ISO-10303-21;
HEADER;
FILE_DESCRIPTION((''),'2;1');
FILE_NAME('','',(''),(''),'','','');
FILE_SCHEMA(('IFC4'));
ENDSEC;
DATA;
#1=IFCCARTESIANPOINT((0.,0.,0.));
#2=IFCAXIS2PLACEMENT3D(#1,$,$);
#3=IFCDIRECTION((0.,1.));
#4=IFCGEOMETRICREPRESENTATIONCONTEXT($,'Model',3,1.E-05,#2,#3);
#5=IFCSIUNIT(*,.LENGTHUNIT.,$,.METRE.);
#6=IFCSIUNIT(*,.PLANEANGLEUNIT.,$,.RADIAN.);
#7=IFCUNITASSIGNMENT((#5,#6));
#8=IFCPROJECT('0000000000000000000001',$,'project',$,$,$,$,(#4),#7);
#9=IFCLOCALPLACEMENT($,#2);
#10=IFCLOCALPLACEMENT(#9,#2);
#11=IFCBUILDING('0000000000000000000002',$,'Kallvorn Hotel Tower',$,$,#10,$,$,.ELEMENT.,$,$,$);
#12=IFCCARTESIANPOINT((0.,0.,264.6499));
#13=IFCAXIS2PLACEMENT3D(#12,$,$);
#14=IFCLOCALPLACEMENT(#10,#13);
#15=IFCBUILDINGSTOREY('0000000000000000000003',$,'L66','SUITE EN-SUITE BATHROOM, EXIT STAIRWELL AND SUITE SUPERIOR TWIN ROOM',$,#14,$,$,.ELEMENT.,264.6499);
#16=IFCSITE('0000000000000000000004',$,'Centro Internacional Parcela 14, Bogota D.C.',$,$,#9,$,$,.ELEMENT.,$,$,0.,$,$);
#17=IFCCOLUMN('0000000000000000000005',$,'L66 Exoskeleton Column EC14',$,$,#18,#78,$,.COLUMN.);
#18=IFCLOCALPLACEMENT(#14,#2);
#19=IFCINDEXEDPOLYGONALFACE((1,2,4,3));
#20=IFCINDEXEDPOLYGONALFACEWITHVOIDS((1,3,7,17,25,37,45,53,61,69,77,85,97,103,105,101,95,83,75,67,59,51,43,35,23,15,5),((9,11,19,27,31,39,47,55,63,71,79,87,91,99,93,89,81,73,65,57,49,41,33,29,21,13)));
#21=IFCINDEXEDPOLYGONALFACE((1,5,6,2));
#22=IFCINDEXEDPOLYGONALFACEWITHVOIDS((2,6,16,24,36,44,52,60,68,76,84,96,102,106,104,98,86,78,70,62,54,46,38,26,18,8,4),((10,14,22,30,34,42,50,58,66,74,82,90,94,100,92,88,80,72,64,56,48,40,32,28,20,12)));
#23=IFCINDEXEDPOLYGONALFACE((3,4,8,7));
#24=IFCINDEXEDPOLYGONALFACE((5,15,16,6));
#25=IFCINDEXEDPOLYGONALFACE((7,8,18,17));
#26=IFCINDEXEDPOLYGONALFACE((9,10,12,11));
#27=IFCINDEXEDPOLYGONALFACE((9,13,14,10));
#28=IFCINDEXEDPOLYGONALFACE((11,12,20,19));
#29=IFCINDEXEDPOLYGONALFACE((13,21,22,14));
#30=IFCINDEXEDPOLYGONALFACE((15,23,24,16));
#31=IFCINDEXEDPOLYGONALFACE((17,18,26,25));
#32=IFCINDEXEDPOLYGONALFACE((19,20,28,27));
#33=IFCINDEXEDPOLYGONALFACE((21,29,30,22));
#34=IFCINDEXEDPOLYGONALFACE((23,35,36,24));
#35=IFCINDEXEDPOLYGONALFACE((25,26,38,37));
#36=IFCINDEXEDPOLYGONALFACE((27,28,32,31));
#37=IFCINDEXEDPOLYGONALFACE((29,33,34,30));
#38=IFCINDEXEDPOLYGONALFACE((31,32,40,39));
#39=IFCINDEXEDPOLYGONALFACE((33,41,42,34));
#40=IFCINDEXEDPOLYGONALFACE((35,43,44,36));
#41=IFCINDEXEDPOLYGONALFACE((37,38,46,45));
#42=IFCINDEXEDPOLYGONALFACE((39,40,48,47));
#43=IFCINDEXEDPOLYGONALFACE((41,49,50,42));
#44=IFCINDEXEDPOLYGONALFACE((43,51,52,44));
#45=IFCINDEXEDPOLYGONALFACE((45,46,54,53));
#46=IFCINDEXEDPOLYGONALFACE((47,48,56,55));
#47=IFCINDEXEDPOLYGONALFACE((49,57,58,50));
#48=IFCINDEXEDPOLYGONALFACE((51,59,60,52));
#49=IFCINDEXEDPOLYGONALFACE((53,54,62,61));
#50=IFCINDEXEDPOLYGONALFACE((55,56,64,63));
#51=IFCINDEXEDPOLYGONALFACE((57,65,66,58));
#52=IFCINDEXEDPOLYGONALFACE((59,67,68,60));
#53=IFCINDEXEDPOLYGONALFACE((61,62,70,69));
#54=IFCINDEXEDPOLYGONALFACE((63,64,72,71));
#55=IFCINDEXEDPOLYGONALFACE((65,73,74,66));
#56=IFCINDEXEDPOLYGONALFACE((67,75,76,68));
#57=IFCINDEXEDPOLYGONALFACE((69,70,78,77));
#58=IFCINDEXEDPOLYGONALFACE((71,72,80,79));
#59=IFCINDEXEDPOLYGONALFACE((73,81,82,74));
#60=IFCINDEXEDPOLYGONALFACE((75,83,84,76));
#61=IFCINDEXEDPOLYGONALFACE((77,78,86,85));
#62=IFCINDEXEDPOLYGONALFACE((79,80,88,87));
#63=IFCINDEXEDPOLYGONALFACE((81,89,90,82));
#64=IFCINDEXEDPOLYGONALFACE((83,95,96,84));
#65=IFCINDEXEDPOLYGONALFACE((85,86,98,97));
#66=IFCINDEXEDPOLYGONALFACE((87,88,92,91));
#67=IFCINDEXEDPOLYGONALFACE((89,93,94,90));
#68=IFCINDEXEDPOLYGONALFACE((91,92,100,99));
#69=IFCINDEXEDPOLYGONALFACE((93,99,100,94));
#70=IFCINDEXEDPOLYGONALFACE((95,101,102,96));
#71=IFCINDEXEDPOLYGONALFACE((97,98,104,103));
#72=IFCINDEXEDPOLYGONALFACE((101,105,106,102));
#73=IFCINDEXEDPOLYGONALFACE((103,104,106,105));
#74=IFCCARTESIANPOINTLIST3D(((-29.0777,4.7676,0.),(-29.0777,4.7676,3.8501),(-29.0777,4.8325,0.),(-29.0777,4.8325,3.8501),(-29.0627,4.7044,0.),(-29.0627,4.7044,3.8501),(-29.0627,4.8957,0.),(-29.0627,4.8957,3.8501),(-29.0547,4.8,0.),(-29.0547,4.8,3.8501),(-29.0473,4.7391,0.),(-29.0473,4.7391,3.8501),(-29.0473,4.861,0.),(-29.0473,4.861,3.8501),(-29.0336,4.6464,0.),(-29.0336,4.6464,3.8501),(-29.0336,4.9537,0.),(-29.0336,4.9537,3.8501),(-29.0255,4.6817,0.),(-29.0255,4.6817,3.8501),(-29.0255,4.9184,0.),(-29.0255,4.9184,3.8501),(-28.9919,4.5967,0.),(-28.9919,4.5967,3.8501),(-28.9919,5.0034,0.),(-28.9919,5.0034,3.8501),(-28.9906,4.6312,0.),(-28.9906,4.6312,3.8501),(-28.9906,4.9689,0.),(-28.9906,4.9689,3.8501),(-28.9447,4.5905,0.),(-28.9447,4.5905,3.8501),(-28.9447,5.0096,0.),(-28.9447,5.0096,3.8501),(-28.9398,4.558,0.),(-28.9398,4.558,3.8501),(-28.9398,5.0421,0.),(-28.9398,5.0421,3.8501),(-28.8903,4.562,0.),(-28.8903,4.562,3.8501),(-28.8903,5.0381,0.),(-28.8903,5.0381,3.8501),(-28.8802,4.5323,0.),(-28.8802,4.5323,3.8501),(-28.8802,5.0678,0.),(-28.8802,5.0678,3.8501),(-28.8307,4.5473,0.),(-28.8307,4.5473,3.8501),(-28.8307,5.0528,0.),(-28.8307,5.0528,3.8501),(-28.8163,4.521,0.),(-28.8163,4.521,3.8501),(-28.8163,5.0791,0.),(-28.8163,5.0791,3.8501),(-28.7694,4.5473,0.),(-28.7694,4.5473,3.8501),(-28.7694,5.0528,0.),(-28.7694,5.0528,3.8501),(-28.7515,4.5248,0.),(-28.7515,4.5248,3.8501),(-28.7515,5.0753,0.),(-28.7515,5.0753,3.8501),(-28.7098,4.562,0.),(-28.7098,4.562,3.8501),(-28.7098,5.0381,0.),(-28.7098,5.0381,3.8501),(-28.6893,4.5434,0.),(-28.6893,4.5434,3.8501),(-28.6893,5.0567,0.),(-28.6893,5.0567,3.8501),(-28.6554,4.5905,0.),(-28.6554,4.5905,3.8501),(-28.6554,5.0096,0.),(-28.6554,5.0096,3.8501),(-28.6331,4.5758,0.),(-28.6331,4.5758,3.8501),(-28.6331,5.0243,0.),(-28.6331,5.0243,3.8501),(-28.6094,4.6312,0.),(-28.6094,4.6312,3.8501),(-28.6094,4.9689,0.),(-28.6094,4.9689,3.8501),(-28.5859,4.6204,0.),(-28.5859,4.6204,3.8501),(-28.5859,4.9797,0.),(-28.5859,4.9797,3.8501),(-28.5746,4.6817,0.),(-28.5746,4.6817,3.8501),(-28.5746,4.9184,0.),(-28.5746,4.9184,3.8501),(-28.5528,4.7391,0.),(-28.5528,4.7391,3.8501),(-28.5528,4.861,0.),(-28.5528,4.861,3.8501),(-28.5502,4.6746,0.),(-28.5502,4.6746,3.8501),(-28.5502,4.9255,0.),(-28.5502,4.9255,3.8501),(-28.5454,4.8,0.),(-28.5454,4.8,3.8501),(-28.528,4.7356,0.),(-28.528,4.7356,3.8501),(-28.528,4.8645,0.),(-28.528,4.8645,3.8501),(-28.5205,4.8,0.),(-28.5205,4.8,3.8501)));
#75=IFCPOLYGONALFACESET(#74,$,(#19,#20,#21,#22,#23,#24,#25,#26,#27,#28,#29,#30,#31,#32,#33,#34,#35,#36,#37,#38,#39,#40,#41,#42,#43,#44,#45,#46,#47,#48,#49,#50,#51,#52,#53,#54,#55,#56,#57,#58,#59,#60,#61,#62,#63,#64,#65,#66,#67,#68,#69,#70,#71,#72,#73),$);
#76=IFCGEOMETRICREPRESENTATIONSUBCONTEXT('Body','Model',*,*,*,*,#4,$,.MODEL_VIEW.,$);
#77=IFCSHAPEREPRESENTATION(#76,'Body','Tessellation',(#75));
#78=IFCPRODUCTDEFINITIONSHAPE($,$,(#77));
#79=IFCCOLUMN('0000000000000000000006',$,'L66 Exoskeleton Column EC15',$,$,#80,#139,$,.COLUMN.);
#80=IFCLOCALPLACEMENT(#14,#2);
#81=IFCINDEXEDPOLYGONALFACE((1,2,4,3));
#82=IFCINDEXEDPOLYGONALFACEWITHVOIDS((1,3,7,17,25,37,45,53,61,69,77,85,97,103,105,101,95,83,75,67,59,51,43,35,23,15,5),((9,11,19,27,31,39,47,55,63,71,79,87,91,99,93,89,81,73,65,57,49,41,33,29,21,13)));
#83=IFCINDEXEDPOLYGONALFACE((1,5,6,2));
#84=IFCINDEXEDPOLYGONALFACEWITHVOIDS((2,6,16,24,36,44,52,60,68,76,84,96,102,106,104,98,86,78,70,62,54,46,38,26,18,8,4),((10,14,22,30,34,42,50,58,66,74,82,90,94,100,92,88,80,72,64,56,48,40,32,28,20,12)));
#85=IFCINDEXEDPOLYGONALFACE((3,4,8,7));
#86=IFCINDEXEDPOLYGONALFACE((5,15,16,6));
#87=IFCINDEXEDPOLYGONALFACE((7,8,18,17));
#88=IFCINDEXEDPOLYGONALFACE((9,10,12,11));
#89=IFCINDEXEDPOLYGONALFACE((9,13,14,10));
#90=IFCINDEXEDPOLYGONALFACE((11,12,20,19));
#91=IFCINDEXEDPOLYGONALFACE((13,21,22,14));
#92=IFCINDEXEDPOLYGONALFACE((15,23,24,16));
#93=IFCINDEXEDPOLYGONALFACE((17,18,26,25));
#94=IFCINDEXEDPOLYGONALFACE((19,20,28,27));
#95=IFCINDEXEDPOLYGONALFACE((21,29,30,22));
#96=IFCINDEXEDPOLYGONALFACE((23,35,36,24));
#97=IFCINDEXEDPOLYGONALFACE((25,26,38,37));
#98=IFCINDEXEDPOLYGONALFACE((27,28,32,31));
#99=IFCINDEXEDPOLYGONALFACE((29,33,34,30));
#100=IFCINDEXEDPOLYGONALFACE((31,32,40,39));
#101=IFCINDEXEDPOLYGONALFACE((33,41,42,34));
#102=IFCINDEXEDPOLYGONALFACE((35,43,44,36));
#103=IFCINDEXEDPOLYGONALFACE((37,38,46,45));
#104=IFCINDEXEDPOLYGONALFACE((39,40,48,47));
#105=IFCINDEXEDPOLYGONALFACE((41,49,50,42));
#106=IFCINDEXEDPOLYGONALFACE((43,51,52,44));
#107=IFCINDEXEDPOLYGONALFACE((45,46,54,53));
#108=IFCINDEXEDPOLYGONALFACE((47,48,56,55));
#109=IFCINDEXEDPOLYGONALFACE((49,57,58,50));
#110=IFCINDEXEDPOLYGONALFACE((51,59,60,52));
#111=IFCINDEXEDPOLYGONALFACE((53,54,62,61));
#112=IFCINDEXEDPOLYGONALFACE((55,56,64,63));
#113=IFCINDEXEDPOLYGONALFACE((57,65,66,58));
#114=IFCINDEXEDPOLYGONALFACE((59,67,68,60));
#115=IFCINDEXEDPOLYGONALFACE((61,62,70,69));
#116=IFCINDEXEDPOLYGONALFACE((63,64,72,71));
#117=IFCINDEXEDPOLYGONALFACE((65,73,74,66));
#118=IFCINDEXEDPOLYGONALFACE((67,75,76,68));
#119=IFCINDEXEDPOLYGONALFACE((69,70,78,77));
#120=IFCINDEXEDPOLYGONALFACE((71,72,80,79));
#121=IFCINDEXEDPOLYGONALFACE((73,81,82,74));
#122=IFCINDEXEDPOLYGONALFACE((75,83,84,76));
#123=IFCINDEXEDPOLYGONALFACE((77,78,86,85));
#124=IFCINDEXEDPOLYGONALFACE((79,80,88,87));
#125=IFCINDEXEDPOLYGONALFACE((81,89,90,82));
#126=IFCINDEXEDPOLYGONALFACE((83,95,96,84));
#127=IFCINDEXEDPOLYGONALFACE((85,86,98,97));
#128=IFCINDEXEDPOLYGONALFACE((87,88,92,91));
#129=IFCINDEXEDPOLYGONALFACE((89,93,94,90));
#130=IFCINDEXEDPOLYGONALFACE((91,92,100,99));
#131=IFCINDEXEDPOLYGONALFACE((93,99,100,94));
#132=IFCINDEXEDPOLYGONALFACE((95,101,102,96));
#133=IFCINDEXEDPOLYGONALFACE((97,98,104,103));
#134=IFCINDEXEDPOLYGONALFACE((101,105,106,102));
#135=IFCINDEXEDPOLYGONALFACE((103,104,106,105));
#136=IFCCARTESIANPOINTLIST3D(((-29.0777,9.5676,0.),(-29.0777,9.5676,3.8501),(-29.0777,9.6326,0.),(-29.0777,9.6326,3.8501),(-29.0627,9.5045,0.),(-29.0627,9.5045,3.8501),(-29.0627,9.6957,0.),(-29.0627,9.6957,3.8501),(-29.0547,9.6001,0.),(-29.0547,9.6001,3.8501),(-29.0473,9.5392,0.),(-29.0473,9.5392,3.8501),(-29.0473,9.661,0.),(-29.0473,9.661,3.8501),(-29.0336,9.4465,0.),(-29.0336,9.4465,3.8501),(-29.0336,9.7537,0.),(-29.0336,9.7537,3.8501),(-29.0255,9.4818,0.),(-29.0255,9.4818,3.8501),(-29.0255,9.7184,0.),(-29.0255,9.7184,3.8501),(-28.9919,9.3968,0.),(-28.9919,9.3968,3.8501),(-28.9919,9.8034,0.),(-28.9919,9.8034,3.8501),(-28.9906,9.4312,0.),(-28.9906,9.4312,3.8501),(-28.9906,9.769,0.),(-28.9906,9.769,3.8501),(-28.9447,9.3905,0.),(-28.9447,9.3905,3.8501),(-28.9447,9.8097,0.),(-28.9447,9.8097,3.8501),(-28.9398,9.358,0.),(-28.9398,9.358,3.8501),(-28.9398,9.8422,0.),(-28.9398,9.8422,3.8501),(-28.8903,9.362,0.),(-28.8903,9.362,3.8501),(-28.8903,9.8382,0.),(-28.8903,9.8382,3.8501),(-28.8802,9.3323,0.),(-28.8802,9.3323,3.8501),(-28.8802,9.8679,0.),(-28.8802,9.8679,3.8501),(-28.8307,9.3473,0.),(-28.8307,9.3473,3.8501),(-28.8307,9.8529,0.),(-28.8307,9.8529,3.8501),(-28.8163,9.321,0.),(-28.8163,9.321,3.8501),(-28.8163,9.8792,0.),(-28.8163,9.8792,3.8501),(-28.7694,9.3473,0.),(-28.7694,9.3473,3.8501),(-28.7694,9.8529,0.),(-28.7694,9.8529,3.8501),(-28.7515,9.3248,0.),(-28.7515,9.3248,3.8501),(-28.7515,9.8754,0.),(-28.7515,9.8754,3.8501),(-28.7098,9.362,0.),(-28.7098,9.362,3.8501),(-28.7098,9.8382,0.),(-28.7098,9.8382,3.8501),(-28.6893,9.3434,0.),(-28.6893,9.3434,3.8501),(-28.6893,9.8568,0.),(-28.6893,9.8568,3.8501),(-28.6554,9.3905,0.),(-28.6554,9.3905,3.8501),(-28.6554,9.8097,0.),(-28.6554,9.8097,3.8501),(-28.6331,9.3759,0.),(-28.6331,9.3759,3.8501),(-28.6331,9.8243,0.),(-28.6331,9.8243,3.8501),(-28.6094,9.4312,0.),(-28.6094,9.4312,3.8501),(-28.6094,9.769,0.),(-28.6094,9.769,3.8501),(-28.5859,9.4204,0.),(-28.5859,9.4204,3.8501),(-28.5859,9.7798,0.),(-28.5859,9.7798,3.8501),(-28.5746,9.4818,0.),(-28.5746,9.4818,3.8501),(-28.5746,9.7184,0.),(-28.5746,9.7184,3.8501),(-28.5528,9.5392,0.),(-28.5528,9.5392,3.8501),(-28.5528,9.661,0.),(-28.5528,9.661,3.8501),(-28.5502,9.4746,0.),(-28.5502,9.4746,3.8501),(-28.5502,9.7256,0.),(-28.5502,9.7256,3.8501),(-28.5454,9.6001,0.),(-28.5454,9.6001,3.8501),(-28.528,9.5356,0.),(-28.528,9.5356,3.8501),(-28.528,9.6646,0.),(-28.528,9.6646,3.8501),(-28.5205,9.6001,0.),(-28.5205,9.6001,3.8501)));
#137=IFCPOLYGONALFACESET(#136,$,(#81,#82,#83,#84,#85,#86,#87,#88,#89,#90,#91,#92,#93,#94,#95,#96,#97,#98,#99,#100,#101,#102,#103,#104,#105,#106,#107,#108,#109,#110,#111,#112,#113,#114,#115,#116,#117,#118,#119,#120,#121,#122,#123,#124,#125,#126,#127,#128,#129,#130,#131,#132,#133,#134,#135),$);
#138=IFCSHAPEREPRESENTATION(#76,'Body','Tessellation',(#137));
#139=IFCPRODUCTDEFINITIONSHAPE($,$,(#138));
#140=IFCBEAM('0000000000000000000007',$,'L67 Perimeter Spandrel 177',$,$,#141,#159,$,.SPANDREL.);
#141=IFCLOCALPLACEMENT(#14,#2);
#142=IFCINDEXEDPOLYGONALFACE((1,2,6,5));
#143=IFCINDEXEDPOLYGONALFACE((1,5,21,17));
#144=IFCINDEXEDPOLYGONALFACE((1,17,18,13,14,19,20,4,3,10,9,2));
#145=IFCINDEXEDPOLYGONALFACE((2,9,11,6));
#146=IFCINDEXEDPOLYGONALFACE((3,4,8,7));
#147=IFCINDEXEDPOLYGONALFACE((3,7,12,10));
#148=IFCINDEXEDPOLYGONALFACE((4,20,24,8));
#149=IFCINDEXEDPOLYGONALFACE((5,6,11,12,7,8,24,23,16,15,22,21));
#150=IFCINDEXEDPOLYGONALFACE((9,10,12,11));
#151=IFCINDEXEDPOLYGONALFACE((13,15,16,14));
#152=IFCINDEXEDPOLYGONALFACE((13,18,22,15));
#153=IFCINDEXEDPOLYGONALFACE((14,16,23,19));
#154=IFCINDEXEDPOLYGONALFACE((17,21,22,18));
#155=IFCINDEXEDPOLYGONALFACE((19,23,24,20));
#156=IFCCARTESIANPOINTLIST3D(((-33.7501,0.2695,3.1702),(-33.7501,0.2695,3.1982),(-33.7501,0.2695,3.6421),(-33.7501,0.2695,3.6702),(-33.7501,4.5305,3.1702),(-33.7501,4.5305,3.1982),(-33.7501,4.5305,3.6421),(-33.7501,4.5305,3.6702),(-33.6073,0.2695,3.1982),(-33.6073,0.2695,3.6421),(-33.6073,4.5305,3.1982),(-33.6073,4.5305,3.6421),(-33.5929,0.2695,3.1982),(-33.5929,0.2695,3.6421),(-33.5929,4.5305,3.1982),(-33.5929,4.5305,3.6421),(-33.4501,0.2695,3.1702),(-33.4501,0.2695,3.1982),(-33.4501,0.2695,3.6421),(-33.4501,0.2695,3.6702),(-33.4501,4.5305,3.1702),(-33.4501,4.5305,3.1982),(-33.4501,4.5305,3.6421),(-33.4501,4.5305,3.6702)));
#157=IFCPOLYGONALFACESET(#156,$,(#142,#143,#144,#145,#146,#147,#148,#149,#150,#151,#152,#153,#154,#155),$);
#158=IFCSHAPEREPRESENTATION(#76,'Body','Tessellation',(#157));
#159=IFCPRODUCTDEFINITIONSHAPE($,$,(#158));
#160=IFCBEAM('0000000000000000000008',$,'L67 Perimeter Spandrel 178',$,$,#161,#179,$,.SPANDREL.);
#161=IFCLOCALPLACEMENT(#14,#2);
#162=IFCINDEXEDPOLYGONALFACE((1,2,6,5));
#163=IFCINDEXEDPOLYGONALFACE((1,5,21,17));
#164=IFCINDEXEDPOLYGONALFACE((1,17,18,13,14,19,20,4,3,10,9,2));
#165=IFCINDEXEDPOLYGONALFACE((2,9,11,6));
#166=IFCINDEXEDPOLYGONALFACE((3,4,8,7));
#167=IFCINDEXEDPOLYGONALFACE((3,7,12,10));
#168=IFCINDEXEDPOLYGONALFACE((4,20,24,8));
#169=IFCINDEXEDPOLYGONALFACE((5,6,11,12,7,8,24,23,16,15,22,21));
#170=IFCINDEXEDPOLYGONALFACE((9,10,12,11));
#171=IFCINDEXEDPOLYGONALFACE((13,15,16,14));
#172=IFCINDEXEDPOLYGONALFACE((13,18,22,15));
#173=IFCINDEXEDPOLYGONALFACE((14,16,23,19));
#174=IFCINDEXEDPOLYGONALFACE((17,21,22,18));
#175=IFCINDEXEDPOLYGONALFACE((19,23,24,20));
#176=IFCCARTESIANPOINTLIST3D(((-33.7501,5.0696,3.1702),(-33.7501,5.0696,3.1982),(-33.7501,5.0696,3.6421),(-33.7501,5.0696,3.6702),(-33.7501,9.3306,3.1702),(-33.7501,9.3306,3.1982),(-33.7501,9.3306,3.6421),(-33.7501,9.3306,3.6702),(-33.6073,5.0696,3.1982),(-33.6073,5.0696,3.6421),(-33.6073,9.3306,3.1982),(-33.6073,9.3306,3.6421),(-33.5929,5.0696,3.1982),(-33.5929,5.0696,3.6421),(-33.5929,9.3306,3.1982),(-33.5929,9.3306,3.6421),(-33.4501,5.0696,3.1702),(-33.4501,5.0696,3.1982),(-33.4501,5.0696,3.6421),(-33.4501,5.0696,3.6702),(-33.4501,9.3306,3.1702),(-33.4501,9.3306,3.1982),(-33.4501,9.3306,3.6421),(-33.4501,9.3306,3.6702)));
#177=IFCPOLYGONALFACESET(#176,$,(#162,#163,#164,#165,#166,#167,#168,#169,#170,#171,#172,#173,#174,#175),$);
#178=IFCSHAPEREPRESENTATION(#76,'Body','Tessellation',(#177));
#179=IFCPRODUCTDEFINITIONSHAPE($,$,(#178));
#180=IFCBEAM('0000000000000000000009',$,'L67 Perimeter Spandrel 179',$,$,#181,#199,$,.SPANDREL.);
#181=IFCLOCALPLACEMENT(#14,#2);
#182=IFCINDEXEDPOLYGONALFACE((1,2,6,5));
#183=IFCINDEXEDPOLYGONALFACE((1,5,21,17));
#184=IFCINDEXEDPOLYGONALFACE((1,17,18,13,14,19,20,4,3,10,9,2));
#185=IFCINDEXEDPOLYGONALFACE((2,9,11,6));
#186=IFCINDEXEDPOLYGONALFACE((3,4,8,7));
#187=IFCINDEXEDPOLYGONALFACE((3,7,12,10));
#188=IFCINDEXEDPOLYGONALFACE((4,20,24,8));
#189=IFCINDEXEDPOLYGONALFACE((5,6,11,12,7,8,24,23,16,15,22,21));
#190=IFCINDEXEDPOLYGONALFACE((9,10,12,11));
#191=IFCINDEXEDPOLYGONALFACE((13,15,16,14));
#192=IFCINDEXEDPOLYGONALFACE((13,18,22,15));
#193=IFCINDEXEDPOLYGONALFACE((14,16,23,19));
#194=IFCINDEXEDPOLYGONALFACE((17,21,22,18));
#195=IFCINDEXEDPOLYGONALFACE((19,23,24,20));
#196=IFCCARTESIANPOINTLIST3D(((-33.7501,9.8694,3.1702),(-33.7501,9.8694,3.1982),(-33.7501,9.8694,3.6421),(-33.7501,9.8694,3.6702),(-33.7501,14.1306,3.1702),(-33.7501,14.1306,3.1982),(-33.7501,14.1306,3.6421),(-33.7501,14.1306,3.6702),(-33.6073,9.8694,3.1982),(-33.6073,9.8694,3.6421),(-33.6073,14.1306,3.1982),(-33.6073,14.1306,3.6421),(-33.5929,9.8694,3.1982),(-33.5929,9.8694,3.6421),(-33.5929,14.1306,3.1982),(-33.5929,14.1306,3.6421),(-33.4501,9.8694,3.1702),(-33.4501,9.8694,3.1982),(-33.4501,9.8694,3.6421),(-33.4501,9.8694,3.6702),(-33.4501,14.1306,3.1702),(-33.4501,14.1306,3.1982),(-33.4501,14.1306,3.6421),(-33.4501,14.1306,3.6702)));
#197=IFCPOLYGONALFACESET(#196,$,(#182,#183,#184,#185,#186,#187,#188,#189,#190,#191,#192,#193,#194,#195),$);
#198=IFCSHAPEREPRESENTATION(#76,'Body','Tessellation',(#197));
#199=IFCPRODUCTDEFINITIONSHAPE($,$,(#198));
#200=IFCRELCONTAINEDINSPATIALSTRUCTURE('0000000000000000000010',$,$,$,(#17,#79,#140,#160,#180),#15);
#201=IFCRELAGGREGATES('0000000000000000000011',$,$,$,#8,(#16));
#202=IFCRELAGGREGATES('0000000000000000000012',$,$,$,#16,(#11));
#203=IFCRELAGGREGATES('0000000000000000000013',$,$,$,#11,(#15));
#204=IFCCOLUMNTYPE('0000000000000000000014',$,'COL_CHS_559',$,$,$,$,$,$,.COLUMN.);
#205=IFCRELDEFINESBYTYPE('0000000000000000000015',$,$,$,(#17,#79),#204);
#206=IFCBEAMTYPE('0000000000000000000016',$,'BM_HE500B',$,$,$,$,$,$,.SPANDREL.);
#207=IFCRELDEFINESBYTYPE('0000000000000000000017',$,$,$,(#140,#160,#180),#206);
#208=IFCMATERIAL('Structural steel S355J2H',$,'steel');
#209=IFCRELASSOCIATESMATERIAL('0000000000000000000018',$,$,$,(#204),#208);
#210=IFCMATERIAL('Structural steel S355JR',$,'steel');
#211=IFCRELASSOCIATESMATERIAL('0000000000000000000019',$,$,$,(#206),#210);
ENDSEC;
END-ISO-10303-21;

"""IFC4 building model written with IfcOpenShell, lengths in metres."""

from ifc_helpers import new_model, si_unit, direction, frame, origin, origin_2d, place, context, subcontext, project, spatial, hollow_circle, i_section, extrude, material, material_profile, profile_set, type_object, element, save


model = new_model("IFC4")

# Units and contexts
model_context = context("Model", 3, precision=1e-05, world=origin(), true_north=direction((0.0, 1.0)))
body_context = subcontext(model_context, "Body", "Model", "MODEL_VIEW")
ifc_project = project(units=[si_unit("LENGTHUNIT", "METRE"), si_unit("PLANEANGLEUNIT", "RADIAN")], contexts=[model_context])

# Site, building, storey
site_placement = place(None, origin())
site = spatial("IfcSite", under=ifc_project, at=site_placement, Name="Centro Internacional Parcela 14, Bogota D.C.", CompositionType="ELEMENT", RefElevation=0.0)
building_placement = place(site_placement, origin())
building = spatial("IfcBuilding", under=site, at=building_placement, Name="Kallvorn Hotel Tower", CompositionType="ELEMENT")
storey_placement = place(building_placement, frame((0.0, 0.0, 264.6499)))
storey = spatial("IfcBuildingStorey", under=building, at=storey_placement, Name="L66", Description="SUITE EN-SUITE BATHROOM, EXIT STAIRWELL AND SUITE SUPERIOR TWIN ROOM", CompositionType="ELEMENT", Elevation=264.6499)

# Columns
ifc_material_1 = material(Name="Structural steel S355J2H", Category="steel")
ifc_material_profile_1 = material_profile(ifc_material_1, hollow_circle(Radius=0.2795, WallThickness=0.0249, at=origin_2d()), Name="CHS 559x25")
ifc_profile_set_1 = profile_set([ifc_material_profile_1], Name="Structural steel S355J2H")
column_type = type_object("IfcColumnType", Name="COL_CHS_559", PredefinedType="COLUMN", material=ifc_profile_set_1)
for number, where, z_axis, x_axis, name in (
    (1, (-28.8, 4.8, 0.0), (0.0, 0.0, 1.0), (1.0, 0.0, 0.0), "L66 Exoskeleton Column EC14"),
    (2, (-28.8, 9.6001, 0.0), (0.0, 0.0, 1.0), (1.0, 0.0, 0.0), "L66 Exoskeleton Column EC15"),
):
    element("IfcColumn", number, at=place(storey_placement, frame(where, z_axis=z_axis, x_axis=x_axis)), inside=storey, type_object=column_type, Name=name, PredefinedType="COLUMN", context=body_context, shape_type="SweptSolid", body=[
        extrude(hollow_circle(Radius=0.2795, WallThickness=0.0249, at=origin_2d()), origin(), (0.0, 0.0, 1.0), 3.8501),
    ])

# Beams
ifc_material_2 = material(Name="Structural steel S355JR", Category="steel")
ifc_material_profile_2 = material_profile(ifc_material_2, i_section(OverallWidth=0.3, OverallDepth=0.5, WebThickness=0.0144, FlangeThickness=0.0281, at=origin_2d()), Name="HE 500 B")
ifc_profile_set_2 = profile_set([ifc_material_profile_2], Name="Structural steel S355JR")
beam_type_1 = type_object("IfcBeamType", Name="BM_HE500B", PredefinedType="SPANDREL", material=ifc_profile_set_2)
for number, where, z_axis, x_axis, name in (
    (3, (-33.6001, 0.2695, 3.4202), (0.0, 1.0, 0.0), (-1.0, 0.0, 0.0), "L67 Perimeter Spandrel 177"),
    (4, (-33.6001, 5.0696, 3.4202), (0.0, 1.0, 0.0), (-1.0, 0.0, 0.0), "L67 Perimeter Spandrel 178"),
):
    element("IfcBeam", number, at=place(storey_placement, frame(where, z_axis=z_axis, x_axis=x_axis)), inside=storey, type_object=beam_type_1, Name=name, PredefinedType="SPANDREL", context=body_context, shape_type="SweptSolid", body=[
        extrude(i_section(OverallWidth=0.3, OverallDepth=0.5, WebThickness=0.0144, FlangeThickness=0.0281, at=origin_2d()), origin(), (0.0, 0.0, 1.0), 4.261),
    ])
beam_placement = place(storey_placement, frame((-33.6001, 9.8694, 3.4202), z_axis=(0.0, 1.0, 0.0), x_axis=(-1.0, 0.0, 0.0)))
element("IfcBeam", 5, at=beam_placement, inside=storey, type_object=beam_type_1, Name="L67 Perimeter Spandrel 179", PredefinedType="SPANDREL", context=body_context, shape_type="SweptSolid", body=[
    extrude(i_section(OverallWidth=0.3, OverallDepth=0.5, WebThickness=0.0144, FlangeThickness=0.0281, at=origin_2d()), origin(), (0.0, 0.0, 1.0), 4.2612),
])

save(model, "model.ifc")
